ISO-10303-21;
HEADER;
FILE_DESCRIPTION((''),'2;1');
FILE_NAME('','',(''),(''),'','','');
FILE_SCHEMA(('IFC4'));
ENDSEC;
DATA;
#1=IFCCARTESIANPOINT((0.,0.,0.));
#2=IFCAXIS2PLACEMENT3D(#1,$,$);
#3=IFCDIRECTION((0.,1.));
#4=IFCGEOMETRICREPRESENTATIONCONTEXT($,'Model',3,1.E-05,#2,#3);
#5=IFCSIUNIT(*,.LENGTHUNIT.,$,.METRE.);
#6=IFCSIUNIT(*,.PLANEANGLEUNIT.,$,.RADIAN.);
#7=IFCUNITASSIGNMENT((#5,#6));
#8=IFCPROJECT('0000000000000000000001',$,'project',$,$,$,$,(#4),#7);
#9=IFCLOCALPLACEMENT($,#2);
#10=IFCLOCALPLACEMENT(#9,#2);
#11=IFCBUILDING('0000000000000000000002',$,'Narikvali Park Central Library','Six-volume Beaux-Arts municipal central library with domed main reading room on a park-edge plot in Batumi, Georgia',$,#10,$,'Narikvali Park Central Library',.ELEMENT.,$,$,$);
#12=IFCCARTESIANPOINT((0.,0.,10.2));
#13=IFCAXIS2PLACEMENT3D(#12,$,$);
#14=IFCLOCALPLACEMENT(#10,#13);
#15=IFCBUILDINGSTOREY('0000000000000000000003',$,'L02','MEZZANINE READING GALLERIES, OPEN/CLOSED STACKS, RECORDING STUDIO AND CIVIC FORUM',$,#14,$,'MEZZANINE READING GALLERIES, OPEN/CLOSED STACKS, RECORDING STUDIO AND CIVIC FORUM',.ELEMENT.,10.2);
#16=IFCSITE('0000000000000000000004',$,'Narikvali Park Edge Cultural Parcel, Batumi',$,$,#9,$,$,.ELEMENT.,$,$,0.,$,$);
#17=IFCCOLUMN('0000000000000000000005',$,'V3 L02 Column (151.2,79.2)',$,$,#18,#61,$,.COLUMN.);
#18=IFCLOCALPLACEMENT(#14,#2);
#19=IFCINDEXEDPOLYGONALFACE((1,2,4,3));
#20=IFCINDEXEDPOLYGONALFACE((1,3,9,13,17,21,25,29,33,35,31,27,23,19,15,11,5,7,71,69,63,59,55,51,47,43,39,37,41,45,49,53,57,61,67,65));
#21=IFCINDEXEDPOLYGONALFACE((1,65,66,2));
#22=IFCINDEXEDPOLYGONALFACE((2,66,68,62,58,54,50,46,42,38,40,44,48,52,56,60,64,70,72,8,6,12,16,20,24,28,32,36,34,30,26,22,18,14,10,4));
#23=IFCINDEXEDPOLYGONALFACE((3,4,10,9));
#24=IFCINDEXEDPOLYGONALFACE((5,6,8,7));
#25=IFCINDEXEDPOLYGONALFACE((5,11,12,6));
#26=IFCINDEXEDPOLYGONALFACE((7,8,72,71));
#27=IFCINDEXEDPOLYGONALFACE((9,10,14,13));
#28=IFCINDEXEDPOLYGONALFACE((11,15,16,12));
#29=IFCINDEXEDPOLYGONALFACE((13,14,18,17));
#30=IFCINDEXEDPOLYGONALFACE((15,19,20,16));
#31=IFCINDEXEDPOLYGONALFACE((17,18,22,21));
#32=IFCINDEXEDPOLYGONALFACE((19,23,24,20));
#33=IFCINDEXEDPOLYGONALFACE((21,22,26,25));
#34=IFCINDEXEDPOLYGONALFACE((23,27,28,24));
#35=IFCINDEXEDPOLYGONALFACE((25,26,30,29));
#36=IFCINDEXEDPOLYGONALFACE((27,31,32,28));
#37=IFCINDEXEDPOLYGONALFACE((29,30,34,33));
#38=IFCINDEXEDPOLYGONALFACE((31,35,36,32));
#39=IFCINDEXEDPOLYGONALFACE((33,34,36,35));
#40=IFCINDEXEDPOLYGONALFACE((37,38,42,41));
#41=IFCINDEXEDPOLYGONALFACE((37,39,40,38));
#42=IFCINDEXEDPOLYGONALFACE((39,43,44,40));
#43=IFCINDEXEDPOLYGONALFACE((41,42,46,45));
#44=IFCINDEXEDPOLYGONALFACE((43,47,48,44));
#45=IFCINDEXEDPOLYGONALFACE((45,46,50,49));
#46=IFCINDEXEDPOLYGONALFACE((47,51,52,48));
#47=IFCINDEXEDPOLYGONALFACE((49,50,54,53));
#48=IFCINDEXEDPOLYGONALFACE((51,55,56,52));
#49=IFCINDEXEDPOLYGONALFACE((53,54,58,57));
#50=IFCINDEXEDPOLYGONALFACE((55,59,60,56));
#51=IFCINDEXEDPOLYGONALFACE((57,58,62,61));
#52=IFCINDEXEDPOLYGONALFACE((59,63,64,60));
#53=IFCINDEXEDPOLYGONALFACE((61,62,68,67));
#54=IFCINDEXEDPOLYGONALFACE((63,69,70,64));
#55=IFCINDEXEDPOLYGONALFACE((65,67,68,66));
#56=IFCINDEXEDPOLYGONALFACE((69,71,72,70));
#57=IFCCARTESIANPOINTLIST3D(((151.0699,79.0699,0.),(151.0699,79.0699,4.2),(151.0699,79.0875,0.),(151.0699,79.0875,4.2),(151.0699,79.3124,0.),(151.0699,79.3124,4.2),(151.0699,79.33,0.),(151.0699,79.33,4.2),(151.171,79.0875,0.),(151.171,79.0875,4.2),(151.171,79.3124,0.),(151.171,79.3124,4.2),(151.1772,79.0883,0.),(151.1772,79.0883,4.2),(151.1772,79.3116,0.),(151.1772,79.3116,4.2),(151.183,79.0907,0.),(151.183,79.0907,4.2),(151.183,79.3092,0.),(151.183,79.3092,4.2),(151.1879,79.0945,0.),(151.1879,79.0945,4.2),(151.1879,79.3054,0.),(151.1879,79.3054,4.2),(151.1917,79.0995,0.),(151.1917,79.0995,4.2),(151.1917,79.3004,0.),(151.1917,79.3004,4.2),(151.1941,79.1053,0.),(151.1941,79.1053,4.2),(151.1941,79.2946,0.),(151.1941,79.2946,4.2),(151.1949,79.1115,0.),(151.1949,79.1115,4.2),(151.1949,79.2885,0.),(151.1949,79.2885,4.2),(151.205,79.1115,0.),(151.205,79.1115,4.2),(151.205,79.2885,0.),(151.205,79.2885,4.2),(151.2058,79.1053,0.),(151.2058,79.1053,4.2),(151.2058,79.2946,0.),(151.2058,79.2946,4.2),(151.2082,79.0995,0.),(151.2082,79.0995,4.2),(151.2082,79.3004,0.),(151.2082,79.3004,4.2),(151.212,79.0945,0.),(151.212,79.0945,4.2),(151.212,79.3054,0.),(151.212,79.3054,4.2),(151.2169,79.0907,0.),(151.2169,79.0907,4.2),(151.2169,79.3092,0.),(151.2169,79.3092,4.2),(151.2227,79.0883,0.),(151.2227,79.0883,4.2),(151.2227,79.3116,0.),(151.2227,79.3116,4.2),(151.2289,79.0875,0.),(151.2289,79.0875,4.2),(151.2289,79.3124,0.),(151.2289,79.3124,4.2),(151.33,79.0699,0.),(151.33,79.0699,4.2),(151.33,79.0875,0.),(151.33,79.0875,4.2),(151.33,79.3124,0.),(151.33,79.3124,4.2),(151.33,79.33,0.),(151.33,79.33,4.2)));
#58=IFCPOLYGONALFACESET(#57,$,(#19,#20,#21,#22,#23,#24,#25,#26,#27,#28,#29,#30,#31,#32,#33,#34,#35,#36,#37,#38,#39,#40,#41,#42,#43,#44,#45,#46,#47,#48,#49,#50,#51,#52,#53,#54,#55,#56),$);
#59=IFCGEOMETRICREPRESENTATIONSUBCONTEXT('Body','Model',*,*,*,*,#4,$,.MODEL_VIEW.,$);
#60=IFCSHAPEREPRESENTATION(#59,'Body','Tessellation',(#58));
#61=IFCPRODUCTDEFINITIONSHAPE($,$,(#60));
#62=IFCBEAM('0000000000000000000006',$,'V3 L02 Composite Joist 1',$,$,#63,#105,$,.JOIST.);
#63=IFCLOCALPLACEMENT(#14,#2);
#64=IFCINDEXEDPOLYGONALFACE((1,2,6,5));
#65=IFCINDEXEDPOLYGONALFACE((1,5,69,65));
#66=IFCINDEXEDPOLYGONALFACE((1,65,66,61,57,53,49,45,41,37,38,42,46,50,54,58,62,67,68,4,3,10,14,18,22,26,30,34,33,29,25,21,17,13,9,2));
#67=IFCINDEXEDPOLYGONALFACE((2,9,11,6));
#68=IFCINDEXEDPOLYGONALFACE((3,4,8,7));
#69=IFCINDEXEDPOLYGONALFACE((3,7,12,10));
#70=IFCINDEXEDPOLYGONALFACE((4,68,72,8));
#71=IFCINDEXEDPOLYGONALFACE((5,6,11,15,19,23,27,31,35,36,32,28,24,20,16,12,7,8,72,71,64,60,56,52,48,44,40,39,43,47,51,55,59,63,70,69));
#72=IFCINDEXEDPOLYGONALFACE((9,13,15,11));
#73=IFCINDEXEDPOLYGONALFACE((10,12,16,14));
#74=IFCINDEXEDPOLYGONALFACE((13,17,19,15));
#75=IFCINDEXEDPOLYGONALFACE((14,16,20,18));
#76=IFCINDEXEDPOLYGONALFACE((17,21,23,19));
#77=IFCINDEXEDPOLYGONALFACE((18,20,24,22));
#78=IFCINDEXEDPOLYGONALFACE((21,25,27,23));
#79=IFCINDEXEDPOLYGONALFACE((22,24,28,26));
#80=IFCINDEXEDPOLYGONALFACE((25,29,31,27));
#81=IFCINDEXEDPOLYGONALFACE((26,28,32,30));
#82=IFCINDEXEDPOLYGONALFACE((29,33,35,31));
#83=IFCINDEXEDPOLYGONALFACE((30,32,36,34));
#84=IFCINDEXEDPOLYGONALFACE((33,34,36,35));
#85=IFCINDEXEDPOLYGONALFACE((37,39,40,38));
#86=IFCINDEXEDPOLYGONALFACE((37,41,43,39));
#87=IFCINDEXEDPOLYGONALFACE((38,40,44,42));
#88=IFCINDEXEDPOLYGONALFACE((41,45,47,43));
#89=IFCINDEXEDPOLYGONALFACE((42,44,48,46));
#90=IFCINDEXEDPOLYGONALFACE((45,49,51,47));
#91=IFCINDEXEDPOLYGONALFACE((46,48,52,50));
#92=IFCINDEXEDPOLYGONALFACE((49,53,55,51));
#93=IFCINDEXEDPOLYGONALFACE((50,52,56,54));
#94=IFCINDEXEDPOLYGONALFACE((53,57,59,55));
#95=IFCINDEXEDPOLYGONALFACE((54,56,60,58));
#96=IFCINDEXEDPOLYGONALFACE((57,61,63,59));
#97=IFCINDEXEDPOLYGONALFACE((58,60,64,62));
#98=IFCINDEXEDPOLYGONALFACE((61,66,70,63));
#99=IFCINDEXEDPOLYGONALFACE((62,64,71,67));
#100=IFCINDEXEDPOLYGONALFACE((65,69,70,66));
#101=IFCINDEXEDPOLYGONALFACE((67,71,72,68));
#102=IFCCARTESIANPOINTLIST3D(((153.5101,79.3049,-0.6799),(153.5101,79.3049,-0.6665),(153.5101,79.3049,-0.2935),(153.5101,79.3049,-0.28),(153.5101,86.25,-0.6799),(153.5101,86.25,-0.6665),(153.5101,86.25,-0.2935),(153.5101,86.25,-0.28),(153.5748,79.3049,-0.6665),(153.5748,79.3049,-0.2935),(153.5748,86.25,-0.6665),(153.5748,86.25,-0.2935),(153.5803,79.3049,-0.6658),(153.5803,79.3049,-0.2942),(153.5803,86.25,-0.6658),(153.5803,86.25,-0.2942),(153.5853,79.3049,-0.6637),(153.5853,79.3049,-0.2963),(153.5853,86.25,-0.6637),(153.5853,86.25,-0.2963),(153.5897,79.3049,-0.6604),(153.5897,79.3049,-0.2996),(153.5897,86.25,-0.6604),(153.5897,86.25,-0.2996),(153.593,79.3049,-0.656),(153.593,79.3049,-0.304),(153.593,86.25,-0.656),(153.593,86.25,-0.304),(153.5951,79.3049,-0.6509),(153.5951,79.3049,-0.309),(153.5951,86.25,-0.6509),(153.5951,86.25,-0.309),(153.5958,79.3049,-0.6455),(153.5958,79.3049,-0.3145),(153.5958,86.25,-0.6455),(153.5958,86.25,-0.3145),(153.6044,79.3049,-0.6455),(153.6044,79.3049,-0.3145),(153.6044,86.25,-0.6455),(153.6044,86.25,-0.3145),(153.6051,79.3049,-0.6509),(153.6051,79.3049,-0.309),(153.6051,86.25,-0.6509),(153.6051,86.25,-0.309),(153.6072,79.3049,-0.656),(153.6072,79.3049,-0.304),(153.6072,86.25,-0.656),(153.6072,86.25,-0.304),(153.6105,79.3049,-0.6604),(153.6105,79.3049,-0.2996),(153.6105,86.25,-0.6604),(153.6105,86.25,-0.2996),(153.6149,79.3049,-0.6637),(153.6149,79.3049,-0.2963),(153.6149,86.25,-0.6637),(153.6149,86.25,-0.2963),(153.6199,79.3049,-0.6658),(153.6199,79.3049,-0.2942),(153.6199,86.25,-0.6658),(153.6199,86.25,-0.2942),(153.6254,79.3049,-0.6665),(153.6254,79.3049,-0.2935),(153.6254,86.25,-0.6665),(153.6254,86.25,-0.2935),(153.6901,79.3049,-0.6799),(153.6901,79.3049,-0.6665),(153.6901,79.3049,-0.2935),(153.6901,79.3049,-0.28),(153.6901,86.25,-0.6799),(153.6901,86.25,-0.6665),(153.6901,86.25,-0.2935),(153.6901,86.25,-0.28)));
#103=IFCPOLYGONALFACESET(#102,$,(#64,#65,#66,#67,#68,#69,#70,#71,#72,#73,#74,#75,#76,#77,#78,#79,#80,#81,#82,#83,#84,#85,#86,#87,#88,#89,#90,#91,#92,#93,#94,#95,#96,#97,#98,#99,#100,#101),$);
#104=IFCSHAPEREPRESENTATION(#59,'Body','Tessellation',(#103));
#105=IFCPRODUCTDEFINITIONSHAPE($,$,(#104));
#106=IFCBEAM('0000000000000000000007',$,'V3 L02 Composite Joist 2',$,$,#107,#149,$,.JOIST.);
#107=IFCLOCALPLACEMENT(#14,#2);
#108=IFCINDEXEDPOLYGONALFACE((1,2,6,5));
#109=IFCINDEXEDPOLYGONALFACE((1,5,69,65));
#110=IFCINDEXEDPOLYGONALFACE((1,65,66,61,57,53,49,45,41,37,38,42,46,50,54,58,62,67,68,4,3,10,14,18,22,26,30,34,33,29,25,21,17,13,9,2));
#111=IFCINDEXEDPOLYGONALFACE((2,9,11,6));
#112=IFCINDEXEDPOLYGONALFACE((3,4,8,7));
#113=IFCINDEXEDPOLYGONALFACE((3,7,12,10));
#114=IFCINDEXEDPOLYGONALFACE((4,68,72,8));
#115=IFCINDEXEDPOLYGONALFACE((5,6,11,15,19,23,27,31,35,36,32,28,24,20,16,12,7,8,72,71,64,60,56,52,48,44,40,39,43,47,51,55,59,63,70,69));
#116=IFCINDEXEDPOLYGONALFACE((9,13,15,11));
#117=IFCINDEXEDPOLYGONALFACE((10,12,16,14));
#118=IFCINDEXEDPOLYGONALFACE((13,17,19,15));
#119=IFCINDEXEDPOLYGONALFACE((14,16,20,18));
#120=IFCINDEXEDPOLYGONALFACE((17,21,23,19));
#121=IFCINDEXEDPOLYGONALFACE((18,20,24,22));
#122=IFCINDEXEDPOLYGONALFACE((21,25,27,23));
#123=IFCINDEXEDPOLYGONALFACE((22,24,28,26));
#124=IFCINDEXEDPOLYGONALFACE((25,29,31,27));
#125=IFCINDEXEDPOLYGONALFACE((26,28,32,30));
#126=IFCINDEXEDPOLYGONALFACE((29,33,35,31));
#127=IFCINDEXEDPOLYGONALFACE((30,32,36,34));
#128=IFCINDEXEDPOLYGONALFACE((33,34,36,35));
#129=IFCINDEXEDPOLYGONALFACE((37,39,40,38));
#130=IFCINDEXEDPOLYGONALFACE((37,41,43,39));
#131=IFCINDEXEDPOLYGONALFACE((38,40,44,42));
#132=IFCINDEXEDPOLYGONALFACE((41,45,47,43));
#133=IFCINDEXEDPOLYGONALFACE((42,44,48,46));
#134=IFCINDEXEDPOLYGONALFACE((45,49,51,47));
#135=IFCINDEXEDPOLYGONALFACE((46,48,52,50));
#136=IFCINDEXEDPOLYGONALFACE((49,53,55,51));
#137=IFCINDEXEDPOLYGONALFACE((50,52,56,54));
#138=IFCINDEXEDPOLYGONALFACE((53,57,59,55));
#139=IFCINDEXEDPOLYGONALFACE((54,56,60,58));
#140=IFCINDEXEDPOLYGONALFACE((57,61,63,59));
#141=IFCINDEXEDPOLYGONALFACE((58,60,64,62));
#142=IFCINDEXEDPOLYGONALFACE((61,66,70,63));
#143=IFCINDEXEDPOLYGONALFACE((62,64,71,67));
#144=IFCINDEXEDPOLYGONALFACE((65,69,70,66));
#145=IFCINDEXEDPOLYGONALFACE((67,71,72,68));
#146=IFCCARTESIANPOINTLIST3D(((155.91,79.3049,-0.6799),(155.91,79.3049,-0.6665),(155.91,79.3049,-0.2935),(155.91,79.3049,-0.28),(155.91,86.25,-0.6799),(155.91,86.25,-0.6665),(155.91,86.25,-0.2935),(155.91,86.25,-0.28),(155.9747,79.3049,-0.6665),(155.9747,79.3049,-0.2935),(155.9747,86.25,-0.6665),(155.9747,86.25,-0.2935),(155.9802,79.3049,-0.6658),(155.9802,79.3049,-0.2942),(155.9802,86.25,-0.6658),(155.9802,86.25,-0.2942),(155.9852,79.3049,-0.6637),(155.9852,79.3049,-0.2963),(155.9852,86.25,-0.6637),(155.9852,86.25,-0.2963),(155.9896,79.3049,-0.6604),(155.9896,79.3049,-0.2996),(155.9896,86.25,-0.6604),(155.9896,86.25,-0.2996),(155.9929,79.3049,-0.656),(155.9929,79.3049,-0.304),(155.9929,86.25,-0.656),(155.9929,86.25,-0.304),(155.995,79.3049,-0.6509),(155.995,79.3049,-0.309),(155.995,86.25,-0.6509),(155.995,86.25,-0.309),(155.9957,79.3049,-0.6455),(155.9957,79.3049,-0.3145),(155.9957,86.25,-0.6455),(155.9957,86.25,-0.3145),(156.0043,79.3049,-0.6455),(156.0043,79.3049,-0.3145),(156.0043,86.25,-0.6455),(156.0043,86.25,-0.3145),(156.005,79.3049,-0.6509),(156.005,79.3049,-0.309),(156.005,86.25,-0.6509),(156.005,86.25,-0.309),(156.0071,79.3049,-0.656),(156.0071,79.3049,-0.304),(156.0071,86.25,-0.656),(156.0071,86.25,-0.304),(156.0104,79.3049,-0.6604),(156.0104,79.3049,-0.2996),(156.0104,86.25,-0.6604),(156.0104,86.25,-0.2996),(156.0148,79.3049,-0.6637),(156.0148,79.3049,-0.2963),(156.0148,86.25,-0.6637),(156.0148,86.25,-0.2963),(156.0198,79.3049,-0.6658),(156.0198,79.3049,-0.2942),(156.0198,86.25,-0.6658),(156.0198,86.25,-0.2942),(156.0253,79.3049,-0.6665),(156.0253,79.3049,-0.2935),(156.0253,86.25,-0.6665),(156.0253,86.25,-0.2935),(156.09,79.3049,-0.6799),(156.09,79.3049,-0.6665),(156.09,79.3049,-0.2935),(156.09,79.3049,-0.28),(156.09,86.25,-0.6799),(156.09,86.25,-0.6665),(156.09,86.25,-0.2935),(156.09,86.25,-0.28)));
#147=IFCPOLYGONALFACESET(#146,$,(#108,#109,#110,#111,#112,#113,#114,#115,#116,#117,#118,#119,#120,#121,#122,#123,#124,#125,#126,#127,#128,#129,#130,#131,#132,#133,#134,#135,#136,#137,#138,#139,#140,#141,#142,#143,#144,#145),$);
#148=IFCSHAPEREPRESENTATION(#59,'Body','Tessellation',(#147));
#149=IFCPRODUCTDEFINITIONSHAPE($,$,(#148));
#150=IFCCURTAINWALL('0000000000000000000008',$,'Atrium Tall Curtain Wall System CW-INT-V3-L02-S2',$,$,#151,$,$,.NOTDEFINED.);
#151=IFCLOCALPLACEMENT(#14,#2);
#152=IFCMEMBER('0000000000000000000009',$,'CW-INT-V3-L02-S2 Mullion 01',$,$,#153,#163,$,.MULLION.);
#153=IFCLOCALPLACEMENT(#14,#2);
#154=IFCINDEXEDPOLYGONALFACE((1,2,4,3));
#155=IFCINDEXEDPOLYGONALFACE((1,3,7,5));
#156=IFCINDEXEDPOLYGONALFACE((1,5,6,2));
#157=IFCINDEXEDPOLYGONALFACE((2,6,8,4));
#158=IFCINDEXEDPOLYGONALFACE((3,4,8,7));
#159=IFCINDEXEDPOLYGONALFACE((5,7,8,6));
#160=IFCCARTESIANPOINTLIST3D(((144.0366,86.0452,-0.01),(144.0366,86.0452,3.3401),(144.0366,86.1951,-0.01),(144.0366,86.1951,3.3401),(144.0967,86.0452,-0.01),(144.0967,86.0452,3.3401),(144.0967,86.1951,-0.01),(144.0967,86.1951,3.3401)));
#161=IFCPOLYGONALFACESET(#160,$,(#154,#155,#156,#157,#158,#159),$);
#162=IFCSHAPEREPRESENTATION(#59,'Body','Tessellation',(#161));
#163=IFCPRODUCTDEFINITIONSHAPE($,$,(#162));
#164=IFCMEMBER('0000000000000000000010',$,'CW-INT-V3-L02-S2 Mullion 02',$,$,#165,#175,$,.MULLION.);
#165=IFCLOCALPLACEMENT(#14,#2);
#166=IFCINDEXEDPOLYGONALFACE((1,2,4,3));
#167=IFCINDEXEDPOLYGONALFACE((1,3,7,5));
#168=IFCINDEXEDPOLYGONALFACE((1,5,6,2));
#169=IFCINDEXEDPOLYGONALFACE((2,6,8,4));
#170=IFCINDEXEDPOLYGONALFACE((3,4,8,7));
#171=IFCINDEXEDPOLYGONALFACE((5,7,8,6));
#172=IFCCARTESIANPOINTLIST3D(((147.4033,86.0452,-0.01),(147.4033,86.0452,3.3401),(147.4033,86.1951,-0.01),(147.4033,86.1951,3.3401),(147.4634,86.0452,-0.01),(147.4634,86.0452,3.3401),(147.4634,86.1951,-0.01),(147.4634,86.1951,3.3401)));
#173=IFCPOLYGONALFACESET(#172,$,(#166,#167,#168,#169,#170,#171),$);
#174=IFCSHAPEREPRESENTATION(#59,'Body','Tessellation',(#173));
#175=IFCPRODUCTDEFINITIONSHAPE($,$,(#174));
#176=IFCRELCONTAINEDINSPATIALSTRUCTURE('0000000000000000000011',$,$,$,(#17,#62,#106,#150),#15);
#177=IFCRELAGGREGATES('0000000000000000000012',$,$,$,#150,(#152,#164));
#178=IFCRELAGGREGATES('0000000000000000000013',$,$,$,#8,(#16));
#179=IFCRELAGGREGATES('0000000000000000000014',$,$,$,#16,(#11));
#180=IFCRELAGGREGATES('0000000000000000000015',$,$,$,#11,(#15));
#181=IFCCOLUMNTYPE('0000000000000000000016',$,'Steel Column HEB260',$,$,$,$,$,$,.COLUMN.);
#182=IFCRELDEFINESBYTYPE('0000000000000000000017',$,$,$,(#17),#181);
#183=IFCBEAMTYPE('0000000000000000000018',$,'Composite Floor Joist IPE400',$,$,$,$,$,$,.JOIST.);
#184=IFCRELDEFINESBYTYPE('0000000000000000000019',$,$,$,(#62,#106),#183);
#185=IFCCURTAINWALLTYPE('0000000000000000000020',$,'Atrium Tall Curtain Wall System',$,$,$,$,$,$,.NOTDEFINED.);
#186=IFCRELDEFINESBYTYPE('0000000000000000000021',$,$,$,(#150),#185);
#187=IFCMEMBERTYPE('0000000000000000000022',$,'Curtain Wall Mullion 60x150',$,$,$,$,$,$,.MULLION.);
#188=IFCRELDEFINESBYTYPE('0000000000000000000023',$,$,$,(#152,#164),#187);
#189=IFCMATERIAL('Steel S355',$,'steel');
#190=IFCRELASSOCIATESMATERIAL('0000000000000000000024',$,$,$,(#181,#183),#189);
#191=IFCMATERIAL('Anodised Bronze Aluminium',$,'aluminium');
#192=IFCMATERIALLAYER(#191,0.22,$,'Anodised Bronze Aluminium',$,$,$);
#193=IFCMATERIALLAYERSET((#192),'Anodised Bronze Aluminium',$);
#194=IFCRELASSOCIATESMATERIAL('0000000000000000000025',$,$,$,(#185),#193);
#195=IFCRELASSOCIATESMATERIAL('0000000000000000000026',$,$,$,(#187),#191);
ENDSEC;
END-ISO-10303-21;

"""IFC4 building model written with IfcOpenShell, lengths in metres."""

from ifc_helpers import new_model, si_unit, direction, frame, origin, origin_2d, place, context, subcontext, project, spatial, rectangle, i_section, extrude, material, layer, layer_set, material_profile, profile_set, type_object, element, aggregate, save


model = new_model("IFC4")

# Units and contexts
model_context = context("Model", 3, precision=1e-05, world=origin(), true_north=direction((0.0, 1.0)))
body_context = subcontext(model_context, "Body", "Model", "MODEL_VIEW")
ifc_project = project(units=[si_unit("LENGTHUNIT", "METRE"), si_unit("PLANEANGLEUNIT", "RADIAN")], contexts=[model_context])

# Site, building, storey
site_placement = place(None, origin())
site = spatial("IfcSite", under=ifc_project, at=site_placement, Name="Narikvali Park Edge Cultural Parcel, Batumi", CompositionType="ELEMENT", RefElevation=0.0)
building_placement = place(site_placement, origin())
building = spatial("IfcBuilding", under=site, at=building_placement, Name="Narikvali Park Central Library", Description="Six-volume Beaux-Arts municipal central library with domed main reading room on a park-edge plot in Batumi, Georgia", LongName="Narikvali Park Central Library", CompositionType="ELEMENT")
storey_placement = place(building_placement, frame((0.0, 0.0, 10.2)))
storey = spatial("IfcBuildingStorey", under=building, at=storey_placement, Name="L02", Description="MEZZANINE READING GALLERIES, OPEN/CLOSED STACKS, RECORDING STUDIO AND CIVIC FORUM", LongName="MEZZANINE READING GALLERIES, OPEN/CLOSED STACKS, RECORDING STUDIO AND CIVIC FORUM", CompositionType="ELEMENT", Elevation=10.2)

# Column
ifc_material_1 = material(Name="Steel S355", Category="steel")
ifc_material_profile_1 = material_profile(ifc_material_1, i_section(OverallWidth=0.26, OverallDepth=0.26, WebThickness=0.01, FlangeThickness=0.0176, FilletRadius=0.0239, at=origin_2d()), Name="HEB 260")
ifc_profile_set_1 = profile_set([ifc_material_profile_1], Name="Steel S355")
column_type = type_object("IfcColumnType", Name="Steel Column HEB260", PredefinedType="COLUMN", material=ifc_profile_set_1)
column_placement = place(storey_placement, frame((151.2, 79.2, 0.0), z_axis=(0.0, 0.0, 1.0), x_axis=(1.0, 0.0, 0.0)))
element("IfcColumn", 1, at=column_placement, inside=storey, type_object=column_type, Name="V3 L02 Column (151.2,79.2)", PredefinedType="COLUMN", context=body_context, shape_type="SweptSolid", body=[
    extrude(i_section(OverallWidth=0.26, OverallDepth=0.26, WebThickness=0.01, FlangeThickness=0.0176, FilletRadius=0.0239, at=origin_2d()), origin(), (0.0, 0.0, 1.0), 4.2),
])

# Beams
ifc_material_profile_2 = material_profile(ifc_material_1, i_section(OverallWidth=0.1799, OverallDepth=0.3999, WebThickness=0.0085, FlangeThickness=0.0134, FilletRadius=0.021, at=origin_2d()), Name="IPE 400")
ifc_profile_set_2 = profile_set([ifc_material_profile_2], Name="Steel S355")
beam_type_1 = type_object("IfcBeamType", Name="Composite Floor Joist IPE400", PredefinedType="JOIST", material=ifc_profile_set_2)
for number, where, z_axis, x_axis, name in (
    (2, (153.6001, 79.3049, -0.48), (0.0, 1.0, 0.0), (-1.0, 0.0, 0.0), "V3 L02 Composite Joist 1"),
    (3, (156.0, 79.3049, -0.48), (0.0, 1.0, 0.0), (-1.0, 0.0, 0.0), "V3 L02 Composite Joist 2"),
):
    element("IfcBeam", number, at=place(storey_placement, frame(where, z_axis=z_axis, x_axis=x_axis)), inside=storey, type_object=beam_type_1, Name=name, PredefinedType="JOIST", context=body_context, shape_type="SweptSolid", body=[
        extrude(i_section(OverallWidth=0.1799, OverallDepth=0.3999, WebThickness=0.0085, FlangeThickness=0.0134, FilletRadius=0.021, at=origin_2d()), origin(), (0.0, 0.0, 1.0), 6.9451),
    ])

# Curtain wall, members
ifc_material_2 = material(Name="Anodised Bronze Aluminium", Category="aluminium")
ifc_layer_1 = layer(ifc_material_2, 0.22, Name="Anodised Bronze Aluminium")
ifc_layer_set_1 = layer_set([ifc_layer_1], Name="Anodised Bronze Aluminium")
curtain_wall_type = type_object("IfcCurtainWallType", Name="Atrium Tall Curtain Wall System", PredefinedType="NOTDEFINED", material=ifc_layer_set_1)
curtain_wall_placement = place(storey_placement, origin())
curtain_wall = element("IfcCurtainWall", 4, at=curtain_wall_placement, inside=storey, type_object=curtain_wall_type, Name="Atrium Tall Curtain Wall System CW-INT-V3-L02-S2", PredefinedType="NOTDEFINED")
ifc_material_profile_3 = material_profile(ifc_material_2, rectangle(XDim=0.0601, YDim=0.1499, at=origin_2d()), Name="CW MULLION 60x150")
ifc_profile_set_3 = profile_set([ifc_material_profile_3], Name="Anodised Bronze Aluminium")
member_type = type_object("IfcMemberType", Name="Curtain Wall Mullion 60x150", PredefinedType="MULLION", material=ifc_profile_set_3)
member_1_placement = place(storey_placement, frame((144.0667, 86.1201, -0.01), z_axis=(0.0, 0.0, 1.0), x_axis=(1.0, 0.0, 0.0)))
member_1 = element("IfcMember", 5, at=member_1_placement, type_object=member_type, Name="CW-INT-V3-L02-S2 Mullion 01", PredefinedType="MULLION", context=body_context, shape_type="SweptSolid", body=[
    extrude(rectangle(XDim=0.0601, YDim=0.1499, at=origin_2d()), origin(), (0.0, 0.0, 1.0), 3.3501),
])
member_2_placement = place(storey_placement, frame((147.4333, 86.1201, -0.01), z_axis=(0.0, 0.0, 1.0), x_axis=(1.0, 0.0, 0.0)))
member_2 = element("IfcMember", 6, at=member_2_placement, type_object=member_type, Name="CW-INT-V3-L02-S2 Mullion 02", PredefinedType="MULLION", context=body_context, shape_type="SweptSolid", body=[
    extrude(rectangle(XDim=0.0601, YDim=0.1499, at=origin_2d()), origin(), (0.0, 0.0, 1.0), 3.3501),
])

aggregate(curtain_wall, [member_1, member_2])

save(model, "model.ifc")
